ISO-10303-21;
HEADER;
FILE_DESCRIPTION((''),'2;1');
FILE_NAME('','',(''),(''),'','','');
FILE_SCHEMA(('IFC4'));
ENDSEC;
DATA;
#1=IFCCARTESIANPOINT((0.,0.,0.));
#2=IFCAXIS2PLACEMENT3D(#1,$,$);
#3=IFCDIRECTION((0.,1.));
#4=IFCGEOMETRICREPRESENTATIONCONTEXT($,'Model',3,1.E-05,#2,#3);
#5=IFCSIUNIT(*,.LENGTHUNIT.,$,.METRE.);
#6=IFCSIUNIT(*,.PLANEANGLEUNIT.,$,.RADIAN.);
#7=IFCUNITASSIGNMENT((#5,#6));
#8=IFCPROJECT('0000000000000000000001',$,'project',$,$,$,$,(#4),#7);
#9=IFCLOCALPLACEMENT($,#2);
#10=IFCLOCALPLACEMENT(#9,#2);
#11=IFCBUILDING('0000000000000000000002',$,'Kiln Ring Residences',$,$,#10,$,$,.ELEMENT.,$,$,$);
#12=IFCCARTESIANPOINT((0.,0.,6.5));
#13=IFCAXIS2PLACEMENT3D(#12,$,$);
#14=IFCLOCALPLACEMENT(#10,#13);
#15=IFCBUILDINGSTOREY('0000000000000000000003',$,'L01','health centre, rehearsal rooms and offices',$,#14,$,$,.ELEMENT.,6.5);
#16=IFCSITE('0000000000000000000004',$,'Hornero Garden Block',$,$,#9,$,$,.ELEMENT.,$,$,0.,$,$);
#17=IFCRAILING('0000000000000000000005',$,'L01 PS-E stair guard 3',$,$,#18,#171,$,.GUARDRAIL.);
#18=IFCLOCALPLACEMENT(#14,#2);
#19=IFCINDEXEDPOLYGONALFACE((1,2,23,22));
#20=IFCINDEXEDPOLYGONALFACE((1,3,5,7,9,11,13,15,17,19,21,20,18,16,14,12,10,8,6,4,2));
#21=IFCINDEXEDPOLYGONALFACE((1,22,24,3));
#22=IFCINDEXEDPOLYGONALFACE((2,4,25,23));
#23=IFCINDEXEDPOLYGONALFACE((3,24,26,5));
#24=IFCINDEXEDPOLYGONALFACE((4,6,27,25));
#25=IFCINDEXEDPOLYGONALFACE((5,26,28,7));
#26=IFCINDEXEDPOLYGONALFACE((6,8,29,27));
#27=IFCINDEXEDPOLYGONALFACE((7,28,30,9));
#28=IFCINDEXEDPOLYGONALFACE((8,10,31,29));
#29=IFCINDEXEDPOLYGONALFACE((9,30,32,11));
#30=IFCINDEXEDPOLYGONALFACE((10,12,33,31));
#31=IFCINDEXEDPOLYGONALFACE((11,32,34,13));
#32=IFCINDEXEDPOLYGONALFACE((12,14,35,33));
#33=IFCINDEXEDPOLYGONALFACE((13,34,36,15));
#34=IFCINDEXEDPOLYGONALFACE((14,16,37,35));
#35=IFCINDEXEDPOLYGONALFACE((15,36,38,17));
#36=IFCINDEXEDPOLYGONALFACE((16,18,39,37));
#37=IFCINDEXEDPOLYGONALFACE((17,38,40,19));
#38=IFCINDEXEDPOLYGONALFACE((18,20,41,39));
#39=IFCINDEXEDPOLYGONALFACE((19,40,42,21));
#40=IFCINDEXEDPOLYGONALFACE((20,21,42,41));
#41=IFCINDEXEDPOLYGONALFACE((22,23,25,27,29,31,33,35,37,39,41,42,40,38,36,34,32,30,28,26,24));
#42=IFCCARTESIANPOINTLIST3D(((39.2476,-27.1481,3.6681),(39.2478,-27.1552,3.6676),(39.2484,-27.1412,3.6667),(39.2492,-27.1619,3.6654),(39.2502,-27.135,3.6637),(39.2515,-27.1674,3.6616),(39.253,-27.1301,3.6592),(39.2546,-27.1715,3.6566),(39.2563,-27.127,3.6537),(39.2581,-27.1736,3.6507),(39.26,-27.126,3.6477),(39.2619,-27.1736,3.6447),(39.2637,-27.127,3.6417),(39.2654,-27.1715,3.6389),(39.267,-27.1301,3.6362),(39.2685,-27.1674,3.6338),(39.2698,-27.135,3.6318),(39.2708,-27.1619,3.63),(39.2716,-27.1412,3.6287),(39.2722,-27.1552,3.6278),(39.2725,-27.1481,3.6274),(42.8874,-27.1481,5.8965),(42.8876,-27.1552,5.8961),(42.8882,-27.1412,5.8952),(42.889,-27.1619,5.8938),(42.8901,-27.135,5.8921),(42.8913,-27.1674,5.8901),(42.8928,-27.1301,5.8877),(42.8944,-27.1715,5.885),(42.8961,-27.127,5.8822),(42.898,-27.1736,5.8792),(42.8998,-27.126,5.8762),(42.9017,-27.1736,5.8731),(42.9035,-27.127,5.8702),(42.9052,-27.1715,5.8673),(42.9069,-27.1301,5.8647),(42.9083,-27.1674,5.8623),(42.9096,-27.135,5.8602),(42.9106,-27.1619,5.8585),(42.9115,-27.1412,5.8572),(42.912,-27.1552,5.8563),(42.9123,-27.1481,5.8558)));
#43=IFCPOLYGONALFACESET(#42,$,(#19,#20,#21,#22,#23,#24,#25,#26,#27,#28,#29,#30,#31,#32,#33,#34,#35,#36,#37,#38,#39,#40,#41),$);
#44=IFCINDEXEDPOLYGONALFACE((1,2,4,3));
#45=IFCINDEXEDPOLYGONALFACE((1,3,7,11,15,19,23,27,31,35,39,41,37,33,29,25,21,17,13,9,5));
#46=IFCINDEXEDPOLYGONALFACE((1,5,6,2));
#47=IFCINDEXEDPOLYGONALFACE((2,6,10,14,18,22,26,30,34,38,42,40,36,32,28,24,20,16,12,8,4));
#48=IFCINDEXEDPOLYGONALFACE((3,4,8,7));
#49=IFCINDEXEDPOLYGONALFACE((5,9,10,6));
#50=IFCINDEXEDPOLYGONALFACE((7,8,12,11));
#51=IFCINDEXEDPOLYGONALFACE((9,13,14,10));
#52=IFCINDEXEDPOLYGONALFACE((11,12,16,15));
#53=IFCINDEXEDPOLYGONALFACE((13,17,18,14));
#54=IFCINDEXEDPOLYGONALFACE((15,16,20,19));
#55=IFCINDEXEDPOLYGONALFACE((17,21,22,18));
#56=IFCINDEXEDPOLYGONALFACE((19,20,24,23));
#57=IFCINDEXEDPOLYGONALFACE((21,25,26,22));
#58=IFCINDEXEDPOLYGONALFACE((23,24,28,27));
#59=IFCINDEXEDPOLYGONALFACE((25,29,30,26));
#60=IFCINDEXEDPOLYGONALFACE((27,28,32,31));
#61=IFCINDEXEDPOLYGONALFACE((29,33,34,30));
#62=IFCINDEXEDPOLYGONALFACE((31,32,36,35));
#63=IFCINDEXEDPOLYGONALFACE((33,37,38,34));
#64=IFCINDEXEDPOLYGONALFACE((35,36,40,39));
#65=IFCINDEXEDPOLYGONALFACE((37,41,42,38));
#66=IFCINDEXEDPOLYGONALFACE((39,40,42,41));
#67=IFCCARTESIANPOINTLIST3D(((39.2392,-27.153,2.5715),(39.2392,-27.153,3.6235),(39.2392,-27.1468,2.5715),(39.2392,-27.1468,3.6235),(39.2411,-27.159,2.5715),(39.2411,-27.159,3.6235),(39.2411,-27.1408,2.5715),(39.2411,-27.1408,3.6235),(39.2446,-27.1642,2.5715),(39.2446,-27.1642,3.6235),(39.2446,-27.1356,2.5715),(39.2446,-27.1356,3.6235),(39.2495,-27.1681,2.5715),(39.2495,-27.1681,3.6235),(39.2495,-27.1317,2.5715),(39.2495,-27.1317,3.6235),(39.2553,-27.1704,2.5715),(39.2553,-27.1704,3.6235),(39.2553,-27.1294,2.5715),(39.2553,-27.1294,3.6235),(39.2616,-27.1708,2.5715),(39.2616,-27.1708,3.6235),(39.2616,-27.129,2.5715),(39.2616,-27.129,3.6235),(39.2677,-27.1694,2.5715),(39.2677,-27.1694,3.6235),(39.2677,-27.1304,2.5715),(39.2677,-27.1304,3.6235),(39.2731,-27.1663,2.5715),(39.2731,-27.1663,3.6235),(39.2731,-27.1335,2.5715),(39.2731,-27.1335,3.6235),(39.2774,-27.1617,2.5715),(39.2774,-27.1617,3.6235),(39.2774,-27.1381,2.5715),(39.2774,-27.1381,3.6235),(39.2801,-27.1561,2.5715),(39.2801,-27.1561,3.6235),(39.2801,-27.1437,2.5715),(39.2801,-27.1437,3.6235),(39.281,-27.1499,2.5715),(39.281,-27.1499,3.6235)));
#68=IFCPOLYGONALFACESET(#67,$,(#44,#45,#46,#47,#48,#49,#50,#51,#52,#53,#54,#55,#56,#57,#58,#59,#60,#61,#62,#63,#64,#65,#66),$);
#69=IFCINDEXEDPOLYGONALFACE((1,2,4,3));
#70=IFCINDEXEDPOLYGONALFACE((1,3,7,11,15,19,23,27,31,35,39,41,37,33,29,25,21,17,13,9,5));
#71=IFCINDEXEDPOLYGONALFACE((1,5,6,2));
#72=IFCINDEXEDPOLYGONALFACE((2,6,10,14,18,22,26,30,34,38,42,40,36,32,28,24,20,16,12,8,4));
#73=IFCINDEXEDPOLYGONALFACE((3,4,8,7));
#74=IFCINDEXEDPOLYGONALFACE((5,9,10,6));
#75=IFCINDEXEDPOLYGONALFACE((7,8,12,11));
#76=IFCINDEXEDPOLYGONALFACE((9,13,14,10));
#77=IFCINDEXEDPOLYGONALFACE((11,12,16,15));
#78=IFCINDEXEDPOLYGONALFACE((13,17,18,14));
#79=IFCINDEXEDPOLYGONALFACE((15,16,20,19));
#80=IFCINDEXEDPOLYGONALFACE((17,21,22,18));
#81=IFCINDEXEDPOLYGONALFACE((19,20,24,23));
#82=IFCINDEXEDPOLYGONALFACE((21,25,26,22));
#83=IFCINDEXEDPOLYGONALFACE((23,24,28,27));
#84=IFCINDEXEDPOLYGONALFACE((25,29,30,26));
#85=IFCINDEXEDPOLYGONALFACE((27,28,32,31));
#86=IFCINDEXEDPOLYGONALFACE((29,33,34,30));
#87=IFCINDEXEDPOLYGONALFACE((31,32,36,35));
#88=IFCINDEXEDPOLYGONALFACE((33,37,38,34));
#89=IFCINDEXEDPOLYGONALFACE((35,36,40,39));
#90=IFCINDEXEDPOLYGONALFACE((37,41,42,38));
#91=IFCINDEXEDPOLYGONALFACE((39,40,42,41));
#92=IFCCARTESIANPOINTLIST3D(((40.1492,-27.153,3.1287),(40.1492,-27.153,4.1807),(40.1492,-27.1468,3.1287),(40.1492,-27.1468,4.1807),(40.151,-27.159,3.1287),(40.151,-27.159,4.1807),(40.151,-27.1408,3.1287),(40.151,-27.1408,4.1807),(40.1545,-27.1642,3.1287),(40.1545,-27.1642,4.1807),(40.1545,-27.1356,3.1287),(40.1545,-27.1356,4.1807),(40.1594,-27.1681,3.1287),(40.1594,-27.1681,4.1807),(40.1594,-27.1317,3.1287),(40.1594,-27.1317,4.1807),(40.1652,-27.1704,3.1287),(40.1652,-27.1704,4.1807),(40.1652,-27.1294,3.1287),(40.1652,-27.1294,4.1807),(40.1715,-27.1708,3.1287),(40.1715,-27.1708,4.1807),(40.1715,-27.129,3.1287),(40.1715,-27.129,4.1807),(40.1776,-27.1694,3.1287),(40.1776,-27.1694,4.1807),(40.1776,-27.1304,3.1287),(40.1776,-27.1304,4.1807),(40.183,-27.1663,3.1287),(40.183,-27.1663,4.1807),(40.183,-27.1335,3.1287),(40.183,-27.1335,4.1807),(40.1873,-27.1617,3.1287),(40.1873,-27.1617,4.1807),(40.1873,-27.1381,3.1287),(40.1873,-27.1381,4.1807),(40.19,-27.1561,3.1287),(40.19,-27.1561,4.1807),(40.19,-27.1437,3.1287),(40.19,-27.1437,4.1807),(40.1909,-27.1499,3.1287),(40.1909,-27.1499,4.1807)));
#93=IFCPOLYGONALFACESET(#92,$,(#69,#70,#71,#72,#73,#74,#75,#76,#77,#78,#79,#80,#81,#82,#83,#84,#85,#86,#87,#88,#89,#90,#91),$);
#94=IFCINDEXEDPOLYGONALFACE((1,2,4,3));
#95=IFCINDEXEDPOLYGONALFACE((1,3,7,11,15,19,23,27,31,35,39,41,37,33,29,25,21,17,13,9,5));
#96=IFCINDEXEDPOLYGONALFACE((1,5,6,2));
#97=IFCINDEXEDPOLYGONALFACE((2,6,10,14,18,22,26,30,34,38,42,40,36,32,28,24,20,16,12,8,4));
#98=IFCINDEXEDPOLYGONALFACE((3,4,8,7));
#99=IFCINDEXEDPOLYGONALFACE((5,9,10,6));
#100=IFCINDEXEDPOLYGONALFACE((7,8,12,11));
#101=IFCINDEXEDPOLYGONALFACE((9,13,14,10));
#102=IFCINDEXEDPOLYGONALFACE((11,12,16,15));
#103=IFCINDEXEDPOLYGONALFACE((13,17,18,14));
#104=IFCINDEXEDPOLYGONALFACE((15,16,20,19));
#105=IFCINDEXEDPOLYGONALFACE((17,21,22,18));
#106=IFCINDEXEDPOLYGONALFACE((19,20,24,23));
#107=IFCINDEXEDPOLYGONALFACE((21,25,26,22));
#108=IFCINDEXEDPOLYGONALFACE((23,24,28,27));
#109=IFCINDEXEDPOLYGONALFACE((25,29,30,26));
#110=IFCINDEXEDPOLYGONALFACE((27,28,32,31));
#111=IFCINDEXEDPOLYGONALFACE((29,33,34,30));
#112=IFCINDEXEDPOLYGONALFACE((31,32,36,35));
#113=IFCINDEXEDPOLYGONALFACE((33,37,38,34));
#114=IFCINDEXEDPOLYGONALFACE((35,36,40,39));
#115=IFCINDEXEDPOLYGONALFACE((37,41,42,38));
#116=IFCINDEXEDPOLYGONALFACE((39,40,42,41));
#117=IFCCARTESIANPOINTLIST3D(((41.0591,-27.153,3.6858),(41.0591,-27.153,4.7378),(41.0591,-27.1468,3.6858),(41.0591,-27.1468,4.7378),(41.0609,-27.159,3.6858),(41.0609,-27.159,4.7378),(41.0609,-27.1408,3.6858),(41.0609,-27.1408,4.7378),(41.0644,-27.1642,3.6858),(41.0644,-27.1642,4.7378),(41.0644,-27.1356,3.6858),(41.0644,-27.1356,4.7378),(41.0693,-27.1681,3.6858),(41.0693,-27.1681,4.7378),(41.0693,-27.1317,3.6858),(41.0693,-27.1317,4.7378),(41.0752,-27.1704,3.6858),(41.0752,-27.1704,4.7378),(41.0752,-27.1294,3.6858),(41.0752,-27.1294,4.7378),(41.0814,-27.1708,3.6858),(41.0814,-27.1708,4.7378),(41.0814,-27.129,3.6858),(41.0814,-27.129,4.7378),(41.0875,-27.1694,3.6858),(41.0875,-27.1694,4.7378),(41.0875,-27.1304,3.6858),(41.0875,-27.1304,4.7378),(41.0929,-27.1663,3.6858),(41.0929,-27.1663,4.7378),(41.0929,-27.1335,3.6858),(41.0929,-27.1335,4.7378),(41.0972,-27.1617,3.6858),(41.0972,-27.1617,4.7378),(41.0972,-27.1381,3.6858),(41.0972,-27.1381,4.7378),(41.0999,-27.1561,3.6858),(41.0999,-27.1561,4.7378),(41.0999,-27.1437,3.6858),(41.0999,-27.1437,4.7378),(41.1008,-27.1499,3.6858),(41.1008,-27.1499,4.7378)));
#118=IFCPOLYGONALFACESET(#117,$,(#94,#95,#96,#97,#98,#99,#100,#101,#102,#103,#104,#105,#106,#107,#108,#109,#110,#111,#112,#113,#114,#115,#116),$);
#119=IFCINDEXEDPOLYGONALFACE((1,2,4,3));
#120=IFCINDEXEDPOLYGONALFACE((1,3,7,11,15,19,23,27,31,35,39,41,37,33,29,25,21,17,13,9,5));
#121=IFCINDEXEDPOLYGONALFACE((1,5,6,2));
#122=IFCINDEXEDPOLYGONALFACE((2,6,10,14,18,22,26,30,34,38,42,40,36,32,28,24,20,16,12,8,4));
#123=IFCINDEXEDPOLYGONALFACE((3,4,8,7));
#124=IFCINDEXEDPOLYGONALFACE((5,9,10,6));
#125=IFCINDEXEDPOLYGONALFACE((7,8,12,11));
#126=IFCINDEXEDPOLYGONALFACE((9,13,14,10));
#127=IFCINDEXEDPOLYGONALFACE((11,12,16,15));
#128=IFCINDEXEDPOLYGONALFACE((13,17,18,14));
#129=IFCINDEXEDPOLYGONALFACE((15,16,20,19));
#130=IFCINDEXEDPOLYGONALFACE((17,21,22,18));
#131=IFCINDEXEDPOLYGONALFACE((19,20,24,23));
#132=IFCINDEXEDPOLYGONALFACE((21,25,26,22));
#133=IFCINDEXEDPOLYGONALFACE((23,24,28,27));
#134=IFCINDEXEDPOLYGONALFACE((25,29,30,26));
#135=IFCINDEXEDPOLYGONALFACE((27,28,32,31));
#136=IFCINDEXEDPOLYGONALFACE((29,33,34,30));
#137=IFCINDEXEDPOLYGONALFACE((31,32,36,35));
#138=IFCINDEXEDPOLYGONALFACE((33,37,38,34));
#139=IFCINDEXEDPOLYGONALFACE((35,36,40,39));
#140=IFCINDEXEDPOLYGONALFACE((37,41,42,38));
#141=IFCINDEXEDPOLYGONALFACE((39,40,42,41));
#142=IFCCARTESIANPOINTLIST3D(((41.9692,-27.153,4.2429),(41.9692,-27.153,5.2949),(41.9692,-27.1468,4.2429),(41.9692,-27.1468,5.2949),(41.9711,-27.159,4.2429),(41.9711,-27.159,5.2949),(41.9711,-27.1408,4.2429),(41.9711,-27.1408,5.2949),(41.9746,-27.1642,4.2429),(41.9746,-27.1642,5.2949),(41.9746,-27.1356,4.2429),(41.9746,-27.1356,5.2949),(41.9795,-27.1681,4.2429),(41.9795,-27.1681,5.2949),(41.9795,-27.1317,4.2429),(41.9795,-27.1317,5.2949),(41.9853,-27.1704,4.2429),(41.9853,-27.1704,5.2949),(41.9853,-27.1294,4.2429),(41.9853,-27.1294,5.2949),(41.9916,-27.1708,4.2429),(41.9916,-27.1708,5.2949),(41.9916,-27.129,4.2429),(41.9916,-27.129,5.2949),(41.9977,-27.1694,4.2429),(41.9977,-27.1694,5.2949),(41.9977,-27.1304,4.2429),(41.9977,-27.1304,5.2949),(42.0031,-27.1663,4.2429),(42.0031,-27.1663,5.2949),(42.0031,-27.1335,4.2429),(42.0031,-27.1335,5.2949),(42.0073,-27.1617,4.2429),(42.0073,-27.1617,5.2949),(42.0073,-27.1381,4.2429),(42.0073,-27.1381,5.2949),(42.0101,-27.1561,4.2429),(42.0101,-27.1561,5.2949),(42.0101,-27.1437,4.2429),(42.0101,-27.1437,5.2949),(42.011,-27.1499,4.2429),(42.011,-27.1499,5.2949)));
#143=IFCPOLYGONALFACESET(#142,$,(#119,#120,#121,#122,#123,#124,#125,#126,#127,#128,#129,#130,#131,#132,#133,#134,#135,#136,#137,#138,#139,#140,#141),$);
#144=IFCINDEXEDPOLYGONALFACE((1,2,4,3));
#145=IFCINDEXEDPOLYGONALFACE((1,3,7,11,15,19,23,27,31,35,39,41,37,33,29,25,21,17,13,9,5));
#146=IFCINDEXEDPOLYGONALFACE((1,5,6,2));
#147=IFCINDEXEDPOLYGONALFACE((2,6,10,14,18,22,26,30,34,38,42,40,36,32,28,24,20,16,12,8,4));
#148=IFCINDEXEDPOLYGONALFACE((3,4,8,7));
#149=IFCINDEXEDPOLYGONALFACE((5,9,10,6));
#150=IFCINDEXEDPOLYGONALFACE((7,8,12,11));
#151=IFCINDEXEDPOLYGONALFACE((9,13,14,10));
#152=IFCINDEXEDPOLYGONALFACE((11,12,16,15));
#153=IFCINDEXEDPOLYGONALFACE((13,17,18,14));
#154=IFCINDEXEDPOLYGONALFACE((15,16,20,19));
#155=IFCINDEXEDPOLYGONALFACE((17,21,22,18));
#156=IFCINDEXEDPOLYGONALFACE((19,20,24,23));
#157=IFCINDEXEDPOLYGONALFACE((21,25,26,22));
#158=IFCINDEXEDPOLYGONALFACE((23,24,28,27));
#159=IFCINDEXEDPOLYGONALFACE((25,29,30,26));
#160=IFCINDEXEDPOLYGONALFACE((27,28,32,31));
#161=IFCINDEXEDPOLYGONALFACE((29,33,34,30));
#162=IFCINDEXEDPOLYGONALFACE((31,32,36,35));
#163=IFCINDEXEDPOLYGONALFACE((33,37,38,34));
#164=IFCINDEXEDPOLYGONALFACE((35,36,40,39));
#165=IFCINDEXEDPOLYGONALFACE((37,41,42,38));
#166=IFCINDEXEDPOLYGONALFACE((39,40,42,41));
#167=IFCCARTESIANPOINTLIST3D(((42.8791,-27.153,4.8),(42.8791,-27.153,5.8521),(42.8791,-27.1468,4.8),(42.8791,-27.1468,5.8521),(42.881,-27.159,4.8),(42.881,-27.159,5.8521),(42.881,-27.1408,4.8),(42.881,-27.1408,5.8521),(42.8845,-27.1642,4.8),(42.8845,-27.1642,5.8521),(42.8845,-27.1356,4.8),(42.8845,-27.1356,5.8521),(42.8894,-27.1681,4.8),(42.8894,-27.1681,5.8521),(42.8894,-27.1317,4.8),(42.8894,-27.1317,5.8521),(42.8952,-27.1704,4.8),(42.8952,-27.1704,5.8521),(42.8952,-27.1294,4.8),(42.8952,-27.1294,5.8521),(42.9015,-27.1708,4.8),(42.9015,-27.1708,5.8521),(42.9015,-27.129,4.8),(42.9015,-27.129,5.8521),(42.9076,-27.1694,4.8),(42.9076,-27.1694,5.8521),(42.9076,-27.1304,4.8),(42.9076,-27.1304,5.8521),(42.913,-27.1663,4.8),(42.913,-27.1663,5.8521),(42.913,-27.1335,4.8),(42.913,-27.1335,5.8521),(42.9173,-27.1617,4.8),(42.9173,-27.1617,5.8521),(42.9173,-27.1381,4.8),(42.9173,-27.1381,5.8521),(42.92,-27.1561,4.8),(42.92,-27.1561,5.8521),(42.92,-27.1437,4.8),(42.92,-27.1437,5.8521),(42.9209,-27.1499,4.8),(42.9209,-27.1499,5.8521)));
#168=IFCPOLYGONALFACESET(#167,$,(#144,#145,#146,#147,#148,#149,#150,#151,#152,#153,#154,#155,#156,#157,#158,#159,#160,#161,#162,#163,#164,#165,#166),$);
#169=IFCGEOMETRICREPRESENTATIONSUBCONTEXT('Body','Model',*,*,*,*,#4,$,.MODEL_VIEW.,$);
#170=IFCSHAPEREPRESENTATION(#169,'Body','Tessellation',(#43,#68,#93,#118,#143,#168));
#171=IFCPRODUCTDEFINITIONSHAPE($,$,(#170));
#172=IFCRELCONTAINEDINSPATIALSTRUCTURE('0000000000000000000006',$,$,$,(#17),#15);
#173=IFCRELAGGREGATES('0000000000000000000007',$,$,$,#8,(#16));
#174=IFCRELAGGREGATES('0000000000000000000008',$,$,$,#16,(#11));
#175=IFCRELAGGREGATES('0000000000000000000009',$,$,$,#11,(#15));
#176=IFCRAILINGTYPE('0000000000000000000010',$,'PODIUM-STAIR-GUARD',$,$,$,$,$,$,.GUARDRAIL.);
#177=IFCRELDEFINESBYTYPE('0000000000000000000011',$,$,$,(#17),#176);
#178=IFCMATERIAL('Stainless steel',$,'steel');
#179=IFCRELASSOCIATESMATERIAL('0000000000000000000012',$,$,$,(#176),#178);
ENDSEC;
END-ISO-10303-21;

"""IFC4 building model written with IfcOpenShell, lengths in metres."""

from ifc_helpers import new_model, si_unit, direction, frame, origin, origin_2d, place, context, subcontext, project, spatial, circle, extrude, material, type_object, element, save


model = new_model("IFC4")

# Units and contexts
model_context = context("Model", 3, precision=1e-05, world=origin(), true_north=direction((0.0, 1.0)))
body_context = subcontext(model_context, "Body", "Model", "MODEL_VIEW")
ifc_project = project(units=[si_unit("LENGTHUNIT", "METRE"), si_unit("PLANEANGLEUNIT", "RADIAN")], contexts=[model_context])

# Site, building, storey
site_placement = place(None, origin())
site = spatial("IfcSite", under=ifc_project, at=site_placement, Name="Hornero Garden Block", CompositionType="ELEMENT", RefElevation=0.0)
building_placement = place(site_placement, origin())
building = spatial("IfcBuilding", under=site, at=building_placement, Name="Kiln Ring Residences", CompositionType="ELEMENT")
storey_placement = place(building_placement, frame((0.0, 0.0, 6.5)))
storey = spatial("IfcBuildingStorey", under=building, at=storey_placement, Name="L01", Description="health centre, rehearsal rooms and offices", CompositionType="ELEMENT", Elevation=6.5)

# Railing
ifc_material_1 = material(Name="Stainless steel", Category="steel")
railing_type_1 = type_object("IfcRailingType", Name="PODIUM-STAIR-GUARD", PredefinedType="GUARDRAIL", material=ifc_material_1)
railing_1_placement = place(storey_placement, frame((39.26, -27.1499, 2.5715)))
element("IfcRailing", 1, at=railing_1_placement, inside=storey, type_object=railing_type_1, Name="L01 PS-E stair guard 3", PredefinedType="GUARDRAIL", context=body_context, shape_type="SweptSolid", body=[
    extrude(circle(Radius=0.0239, at=origin_2d()), frame((0.0, 0.0, 1.0762), z_axis=(0.85285, 0.0, 0.522156), x_axis=(0.0, 1.0, 0.0)), (0.0, 0.0, 1.0), 4.2678),
    extrude(circle(Radius=0.021, at=origin_2d()), origin(), (0.0, 0.0, 1.0), 1.052),
    extrude(circle(Radius=0.021, at=origin_2d()), frame((0.9099, 0.0, 0.5571)), (0.0, 0.0, 1.0), 1.052),
    extrude(circle(Radius=0.021, at=origin_2d()), frame((1.8198, 0.0, 1.1143)), (0.0, 0.0, 1.0), 1.052),
    extrude(circle(Radius=0.021, at=origin_2d()), frame((2.73, 0.0, 1.6714)), (0.0, 0.0, 1.0), 1.052),
    extrude(circle(Radius=0.021, at=origin_2d()), frame((3.6399, 0.0, 2.2285)), (0.0, 0.0, 1.0), 1.052),
])

save(model, "model.ifc")
